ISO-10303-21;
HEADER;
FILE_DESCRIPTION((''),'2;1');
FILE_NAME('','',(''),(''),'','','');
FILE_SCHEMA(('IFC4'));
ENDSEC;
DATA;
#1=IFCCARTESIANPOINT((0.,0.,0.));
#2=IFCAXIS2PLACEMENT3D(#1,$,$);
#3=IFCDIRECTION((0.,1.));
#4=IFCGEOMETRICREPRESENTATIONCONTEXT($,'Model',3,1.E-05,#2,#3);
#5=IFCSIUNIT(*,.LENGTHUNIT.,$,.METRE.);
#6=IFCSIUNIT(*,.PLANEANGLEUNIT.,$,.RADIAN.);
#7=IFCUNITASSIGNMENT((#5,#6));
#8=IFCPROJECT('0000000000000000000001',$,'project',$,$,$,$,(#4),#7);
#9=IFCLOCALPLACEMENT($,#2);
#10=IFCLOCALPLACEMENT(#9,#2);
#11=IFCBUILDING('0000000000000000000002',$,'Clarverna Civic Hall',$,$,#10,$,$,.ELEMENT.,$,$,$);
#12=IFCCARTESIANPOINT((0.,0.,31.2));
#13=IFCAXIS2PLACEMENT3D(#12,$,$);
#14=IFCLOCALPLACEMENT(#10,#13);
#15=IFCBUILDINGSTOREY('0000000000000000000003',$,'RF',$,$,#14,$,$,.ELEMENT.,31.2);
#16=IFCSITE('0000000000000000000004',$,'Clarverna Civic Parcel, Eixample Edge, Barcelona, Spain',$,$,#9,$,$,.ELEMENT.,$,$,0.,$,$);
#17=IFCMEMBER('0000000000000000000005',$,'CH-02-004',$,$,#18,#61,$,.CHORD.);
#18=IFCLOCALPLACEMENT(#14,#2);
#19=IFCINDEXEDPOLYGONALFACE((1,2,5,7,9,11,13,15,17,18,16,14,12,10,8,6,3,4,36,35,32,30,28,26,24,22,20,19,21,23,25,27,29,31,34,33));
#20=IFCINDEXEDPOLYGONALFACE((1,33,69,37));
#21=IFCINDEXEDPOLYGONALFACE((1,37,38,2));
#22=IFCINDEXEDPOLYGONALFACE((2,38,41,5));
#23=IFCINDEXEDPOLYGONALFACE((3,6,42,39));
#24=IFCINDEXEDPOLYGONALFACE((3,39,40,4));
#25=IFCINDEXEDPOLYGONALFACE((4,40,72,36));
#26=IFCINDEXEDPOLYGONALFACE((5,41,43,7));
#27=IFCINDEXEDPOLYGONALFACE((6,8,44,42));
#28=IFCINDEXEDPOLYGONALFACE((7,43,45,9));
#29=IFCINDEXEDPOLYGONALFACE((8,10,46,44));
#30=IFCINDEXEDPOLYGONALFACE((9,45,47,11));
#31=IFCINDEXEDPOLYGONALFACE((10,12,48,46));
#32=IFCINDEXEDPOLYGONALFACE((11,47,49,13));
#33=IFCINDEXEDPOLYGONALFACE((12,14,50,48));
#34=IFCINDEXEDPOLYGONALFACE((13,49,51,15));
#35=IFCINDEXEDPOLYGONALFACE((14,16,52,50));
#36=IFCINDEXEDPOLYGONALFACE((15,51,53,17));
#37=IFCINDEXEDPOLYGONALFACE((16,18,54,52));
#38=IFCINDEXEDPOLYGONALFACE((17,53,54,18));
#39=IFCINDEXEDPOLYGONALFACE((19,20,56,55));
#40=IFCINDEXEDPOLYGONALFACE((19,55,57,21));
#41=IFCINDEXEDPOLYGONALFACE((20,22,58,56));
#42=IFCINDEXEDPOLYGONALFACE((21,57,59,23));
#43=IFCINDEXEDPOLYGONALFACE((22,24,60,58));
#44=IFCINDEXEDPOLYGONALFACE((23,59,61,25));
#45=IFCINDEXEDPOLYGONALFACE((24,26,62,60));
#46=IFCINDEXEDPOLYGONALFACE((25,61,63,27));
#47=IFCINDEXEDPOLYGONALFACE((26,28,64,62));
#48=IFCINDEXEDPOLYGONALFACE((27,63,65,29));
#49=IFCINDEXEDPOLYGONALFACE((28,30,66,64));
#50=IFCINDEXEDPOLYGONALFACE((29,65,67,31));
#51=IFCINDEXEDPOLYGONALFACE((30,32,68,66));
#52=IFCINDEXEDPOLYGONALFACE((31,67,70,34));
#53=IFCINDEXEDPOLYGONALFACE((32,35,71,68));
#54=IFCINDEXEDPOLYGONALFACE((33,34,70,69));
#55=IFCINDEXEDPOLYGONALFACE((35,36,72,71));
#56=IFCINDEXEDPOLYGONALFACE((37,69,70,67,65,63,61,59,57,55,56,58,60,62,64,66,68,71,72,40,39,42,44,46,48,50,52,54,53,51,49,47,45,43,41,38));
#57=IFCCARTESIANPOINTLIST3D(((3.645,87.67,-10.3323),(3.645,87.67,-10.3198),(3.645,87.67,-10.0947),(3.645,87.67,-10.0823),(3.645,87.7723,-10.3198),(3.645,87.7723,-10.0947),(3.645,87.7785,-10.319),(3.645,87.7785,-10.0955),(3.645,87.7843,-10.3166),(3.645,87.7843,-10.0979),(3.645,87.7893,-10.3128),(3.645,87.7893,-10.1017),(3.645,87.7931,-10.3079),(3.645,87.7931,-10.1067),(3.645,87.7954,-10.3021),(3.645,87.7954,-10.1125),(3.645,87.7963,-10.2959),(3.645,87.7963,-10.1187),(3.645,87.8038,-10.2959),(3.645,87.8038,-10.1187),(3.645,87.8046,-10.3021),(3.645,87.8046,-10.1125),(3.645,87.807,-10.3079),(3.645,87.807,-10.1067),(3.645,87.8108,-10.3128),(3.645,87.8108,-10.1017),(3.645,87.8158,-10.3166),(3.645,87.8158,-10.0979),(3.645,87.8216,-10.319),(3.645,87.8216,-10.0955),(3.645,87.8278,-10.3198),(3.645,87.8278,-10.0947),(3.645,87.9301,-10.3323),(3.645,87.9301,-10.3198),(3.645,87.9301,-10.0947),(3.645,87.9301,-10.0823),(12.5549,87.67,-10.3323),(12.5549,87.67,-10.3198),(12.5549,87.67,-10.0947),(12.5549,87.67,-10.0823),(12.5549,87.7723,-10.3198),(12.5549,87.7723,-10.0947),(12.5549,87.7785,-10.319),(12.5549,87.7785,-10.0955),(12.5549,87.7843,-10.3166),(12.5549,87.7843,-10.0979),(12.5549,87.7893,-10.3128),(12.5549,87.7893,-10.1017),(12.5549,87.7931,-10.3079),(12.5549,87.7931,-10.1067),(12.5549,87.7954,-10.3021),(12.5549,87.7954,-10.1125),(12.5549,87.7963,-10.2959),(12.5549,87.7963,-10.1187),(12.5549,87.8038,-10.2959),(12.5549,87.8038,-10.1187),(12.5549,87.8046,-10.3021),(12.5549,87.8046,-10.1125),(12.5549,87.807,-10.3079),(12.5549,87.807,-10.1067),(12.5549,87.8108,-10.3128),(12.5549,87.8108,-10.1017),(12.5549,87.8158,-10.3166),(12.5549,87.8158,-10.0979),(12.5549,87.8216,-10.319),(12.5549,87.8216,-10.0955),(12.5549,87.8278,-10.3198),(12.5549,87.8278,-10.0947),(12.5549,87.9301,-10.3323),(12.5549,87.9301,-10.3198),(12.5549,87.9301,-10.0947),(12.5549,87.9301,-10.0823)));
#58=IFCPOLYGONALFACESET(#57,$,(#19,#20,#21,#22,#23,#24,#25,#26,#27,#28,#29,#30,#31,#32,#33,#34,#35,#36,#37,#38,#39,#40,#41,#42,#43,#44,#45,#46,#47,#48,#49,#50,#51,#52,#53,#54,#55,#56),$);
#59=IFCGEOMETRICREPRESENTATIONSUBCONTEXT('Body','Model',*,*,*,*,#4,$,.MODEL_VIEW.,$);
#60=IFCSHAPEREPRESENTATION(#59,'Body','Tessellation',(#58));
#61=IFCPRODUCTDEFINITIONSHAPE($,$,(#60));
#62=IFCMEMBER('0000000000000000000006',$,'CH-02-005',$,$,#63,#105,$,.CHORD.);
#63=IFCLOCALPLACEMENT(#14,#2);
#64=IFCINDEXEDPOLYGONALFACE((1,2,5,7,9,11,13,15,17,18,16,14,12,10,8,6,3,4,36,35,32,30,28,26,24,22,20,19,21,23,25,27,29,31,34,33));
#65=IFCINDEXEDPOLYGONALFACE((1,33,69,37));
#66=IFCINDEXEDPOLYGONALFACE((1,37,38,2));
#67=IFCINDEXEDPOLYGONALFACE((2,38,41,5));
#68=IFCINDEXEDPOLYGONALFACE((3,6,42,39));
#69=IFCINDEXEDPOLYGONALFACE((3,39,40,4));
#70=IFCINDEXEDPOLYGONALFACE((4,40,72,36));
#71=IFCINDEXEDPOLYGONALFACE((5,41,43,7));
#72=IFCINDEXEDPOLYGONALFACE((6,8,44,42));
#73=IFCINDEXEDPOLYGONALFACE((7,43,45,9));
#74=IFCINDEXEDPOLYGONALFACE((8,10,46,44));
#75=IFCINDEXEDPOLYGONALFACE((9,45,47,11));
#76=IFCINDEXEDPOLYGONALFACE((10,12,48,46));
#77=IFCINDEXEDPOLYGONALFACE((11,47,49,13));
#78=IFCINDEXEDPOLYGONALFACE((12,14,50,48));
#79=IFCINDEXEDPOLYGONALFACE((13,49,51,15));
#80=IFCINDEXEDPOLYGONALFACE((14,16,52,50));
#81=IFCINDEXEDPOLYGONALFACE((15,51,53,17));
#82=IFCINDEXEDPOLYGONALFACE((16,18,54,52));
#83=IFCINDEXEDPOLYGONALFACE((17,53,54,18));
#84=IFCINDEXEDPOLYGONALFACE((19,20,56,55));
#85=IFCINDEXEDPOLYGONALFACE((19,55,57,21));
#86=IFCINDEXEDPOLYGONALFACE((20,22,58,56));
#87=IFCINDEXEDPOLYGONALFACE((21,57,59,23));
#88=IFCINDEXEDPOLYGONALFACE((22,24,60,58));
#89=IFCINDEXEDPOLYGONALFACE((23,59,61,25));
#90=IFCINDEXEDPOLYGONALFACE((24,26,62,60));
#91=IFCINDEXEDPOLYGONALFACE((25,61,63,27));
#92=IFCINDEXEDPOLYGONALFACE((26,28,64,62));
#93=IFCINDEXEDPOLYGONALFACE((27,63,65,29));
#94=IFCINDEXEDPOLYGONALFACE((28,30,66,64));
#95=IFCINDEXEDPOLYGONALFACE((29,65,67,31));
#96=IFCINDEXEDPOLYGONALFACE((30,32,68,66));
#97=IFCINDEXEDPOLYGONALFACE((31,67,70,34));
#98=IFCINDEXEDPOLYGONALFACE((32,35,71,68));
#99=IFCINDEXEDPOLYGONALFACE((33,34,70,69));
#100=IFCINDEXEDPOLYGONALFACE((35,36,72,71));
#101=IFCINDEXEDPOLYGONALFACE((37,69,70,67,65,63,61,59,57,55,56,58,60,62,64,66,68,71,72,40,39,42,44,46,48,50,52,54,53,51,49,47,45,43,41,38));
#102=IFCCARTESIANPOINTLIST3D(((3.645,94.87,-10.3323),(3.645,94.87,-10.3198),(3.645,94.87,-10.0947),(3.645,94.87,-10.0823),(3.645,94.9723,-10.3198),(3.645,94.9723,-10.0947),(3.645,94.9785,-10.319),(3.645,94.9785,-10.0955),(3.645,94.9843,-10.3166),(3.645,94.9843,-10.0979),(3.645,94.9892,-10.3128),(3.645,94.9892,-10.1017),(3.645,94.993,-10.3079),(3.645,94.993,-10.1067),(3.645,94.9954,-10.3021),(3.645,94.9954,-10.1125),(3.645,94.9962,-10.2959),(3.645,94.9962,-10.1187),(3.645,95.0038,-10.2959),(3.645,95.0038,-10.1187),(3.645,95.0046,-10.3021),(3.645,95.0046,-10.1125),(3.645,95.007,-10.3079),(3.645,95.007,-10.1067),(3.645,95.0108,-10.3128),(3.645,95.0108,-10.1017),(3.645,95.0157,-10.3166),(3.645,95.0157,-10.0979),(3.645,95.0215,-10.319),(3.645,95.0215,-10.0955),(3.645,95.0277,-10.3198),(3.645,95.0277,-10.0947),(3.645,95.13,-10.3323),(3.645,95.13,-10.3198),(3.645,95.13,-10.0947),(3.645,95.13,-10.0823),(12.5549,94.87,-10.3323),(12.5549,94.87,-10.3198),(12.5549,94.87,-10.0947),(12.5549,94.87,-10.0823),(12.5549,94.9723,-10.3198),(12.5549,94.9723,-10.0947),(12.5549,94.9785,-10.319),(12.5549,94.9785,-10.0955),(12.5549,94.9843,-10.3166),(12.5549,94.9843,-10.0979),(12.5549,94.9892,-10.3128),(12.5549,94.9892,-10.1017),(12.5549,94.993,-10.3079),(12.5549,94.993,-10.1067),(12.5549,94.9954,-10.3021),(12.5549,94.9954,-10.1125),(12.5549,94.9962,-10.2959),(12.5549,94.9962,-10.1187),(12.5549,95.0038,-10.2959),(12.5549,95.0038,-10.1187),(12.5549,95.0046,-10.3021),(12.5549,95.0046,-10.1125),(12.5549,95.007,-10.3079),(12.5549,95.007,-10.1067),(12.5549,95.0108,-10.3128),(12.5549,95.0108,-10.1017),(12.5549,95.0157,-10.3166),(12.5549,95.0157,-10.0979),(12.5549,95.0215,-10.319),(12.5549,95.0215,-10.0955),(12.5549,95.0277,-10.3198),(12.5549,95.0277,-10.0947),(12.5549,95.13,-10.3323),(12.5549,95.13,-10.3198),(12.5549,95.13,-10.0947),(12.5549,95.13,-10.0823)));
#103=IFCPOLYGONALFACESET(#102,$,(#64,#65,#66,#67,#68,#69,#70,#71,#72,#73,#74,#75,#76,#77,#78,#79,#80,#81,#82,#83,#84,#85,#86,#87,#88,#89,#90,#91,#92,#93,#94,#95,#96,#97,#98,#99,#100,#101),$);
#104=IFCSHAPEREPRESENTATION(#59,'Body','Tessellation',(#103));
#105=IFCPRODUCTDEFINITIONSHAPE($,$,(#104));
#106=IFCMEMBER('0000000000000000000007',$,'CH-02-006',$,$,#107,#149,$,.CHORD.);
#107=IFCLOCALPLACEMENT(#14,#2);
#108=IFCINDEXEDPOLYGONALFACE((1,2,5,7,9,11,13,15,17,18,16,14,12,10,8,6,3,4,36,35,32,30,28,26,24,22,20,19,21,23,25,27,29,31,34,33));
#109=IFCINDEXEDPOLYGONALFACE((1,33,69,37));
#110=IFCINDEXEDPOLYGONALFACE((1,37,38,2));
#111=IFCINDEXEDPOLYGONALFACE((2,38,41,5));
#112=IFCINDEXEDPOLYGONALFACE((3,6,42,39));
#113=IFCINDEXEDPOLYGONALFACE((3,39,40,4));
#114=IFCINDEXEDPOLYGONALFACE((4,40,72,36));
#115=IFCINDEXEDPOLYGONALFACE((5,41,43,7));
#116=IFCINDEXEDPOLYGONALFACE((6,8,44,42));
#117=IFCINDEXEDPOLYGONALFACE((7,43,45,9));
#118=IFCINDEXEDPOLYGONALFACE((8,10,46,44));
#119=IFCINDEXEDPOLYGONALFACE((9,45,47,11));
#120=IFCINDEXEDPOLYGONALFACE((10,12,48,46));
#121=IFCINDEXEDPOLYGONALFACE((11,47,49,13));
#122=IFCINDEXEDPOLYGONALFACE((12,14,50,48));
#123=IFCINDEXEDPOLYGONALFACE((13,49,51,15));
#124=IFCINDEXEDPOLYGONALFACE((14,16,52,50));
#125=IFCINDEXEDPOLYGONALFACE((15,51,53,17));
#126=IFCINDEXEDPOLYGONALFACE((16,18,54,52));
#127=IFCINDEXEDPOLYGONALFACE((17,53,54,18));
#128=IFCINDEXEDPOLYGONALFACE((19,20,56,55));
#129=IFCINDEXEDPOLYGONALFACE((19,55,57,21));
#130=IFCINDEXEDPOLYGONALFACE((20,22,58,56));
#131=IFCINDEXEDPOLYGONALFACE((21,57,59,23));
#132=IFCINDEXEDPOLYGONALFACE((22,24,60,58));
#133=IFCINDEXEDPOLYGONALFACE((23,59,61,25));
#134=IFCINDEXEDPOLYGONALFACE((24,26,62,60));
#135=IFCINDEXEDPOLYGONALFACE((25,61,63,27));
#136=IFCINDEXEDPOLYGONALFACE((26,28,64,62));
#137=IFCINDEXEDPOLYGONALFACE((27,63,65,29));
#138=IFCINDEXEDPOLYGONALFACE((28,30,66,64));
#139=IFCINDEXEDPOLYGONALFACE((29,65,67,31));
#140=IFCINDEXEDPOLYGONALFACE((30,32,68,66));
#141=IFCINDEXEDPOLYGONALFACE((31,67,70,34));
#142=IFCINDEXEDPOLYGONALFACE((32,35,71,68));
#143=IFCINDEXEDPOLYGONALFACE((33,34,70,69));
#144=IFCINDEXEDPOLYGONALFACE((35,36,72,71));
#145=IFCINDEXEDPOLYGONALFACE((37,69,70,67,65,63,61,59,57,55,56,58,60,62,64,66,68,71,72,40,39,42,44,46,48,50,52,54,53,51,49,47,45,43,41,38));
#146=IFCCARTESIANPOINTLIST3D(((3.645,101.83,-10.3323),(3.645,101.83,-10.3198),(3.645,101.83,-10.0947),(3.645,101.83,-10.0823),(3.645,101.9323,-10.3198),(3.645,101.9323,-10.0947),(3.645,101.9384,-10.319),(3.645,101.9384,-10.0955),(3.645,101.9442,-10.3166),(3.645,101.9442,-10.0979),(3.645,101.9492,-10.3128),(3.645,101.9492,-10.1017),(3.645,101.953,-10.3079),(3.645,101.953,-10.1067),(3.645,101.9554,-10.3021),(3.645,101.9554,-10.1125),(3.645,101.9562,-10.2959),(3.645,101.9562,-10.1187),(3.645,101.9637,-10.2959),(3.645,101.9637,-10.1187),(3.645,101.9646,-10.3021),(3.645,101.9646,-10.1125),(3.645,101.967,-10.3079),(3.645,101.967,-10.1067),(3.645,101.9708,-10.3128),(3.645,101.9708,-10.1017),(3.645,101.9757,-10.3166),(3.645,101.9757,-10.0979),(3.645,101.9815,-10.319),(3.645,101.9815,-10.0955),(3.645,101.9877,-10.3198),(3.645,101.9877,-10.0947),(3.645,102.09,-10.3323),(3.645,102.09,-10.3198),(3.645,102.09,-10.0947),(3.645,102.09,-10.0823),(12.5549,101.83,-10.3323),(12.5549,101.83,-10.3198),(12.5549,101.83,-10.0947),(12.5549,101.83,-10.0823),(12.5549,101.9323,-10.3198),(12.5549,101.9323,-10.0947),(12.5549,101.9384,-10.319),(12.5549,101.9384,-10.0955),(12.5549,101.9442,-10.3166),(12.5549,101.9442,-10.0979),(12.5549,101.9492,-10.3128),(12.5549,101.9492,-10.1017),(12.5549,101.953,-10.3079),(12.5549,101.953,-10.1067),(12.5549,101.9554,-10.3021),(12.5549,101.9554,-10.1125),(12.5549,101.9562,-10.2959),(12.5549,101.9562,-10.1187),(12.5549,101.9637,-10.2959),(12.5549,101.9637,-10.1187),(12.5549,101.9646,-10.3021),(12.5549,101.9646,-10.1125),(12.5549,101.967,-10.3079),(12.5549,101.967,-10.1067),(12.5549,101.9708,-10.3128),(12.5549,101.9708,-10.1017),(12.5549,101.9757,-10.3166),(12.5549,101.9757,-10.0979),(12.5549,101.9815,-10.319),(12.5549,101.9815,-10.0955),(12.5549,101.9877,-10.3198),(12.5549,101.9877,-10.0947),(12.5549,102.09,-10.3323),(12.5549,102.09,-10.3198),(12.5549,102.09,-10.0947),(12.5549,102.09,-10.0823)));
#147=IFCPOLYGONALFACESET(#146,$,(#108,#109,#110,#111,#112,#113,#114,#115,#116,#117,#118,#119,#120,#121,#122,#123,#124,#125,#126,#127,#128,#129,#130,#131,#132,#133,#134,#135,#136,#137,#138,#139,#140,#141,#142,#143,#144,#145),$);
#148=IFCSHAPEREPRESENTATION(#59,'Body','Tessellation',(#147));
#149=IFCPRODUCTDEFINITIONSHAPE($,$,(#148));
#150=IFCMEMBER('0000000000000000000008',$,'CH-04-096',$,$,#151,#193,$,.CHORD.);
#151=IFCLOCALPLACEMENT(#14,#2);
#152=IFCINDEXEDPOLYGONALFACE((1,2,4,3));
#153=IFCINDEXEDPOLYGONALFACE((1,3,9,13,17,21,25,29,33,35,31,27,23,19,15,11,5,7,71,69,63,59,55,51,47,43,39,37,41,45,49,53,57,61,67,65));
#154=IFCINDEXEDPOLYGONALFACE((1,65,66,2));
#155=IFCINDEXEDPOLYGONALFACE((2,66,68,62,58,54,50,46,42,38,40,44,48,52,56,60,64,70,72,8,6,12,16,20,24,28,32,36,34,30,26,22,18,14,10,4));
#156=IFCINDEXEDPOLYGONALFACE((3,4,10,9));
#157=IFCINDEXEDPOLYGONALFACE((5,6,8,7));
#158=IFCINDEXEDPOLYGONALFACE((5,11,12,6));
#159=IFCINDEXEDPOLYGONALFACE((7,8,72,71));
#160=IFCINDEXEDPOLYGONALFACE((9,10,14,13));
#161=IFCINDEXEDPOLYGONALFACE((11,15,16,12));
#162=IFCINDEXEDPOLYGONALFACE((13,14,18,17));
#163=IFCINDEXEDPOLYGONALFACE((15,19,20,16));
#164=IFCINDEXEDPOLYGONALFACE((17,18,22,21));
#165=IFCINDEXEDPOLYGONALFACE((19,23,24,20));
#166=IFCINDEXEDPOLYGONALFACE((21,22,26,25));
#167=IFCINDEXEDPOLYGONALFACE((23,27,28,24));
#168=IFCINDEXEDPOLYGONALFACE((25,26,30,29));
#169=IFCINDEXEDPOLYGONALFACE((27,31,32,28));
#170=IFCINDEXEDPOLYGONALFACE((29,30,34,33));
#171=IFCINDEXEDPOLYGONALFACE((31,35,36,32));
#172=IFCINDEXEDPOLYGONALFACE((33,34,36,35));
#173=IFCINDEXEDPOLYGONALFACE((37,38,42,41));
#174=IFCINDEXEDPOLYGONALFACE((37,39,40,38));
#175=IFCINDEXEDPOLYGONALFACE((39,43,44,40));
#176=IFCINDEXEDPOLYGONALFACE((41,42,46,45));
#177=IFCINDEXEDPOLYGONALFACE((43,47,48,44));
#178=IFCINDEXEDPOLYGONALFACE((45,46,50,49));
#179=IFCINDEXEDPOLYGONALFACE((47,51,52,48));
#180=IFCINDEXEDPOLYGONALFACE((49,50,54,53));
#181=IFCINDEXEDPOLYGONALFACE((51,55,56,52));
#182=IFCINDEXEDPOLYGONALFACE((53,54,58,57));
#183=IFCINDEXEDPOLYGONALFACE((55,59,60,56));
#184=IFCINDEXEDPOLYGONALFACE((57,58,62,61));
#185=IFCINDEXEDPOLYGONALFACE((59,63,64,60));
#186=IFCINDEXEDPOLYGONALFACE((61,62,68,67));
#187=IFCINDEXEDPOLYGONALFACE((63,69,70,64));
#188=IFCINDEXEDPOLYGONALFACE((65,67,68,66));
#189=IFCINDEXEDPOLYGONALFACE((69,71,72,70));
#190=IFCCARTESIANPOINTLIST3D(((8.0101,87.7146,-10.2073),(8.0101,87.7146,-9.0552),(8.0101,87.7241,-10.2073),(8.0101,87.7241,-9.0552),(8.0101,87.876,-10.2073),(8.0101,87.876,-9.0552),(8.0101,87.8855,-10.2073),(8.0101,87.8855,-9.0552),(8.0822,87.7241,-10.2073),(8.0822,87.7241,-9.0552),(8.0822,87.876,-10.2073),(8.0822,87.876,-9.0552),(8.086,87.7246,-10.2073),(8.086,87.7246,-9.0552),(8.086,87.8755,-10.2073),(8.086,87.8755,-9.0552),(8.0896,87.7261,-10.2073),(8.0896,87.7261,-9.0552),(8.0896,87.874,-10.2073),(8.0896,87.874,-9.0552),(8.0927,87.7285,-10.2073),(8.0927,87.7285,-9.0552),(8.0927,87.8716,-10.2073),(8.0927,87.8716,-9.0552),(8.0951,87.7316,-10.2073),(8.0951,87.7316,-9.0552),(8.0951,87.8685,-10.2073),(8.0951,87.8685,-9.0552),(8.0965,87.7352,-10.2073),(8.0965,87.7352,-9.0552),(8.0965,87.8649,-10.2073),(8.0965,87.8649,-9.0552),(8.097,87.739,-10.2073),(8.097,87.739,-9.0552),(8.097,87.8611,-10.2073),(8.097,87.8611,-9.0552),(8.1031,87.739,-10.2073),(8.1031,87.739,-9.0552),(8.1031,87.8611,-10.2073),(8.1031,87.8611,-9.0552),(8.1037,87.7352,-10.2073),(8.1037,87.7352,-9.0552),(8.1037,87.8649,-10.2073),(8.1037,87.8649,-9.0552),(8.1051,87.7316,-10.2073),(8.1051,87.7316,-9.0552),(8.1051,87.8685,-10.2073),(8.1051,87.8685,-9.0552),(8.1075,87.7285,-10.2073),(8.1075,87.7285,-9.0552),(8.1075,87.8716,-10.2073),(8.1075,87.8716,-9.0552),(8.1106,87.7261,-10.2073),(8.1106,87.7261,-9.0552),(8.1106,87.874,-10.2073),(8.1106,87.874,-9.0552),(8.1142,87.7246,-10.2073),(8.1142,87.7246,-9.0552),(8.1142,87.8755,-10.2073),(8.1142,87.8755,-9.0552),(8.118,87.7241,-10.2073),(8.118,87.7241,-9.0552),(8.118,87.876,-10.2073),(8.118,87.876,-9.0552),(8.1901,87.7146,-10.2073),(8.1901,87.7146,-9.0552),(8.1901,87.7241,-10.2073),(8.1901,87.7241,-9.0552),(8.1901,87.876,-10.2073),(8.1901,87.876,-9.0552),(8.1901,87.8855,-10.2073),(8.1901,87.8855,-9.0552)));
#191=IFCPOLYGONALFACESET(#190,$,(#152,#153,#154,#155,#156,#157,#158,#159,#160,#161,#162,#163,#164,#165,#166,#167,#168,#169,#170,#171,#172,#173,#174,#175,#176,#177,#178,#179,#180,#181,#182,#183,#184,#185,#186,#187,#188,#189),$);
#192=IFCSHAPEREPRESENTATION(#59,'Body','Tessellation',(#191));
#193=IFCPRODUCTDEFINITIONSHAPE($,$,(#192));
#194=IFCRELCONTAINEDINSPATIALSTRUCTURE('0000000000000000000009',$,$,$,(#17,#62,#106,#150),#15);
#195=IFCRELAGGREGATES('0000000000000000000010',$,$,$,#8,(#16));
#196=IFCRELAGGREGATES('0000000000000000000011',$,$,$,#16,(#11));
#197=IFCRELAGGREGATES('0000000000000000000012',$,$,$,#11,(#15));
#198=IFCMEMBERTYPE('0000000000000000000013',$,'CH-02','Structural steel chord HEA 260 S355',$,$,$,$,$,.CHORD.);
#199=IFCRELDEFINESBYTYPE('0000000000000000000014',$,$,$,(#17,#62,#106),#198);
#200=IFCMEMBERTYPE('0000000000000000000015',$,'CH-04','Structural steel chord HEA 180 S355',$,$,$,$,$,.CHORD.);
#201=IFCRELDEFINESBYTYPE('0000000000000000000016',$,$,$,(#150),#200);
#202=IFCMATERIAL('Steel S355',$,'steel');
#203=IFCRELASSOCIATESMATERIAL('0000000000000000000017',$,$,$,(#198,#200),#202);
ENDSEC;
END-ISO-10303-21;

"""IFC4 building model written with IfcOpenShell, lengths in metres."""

from ifc_helpers import new_model, si_unit, direction, frame, origin, origin_2d, place, context, subcontext, project, spatial, i_section, extrude, material, material_profile, profile_set, type_object, element, save


model = new_model("IFC4")

# Units and contexts
model_context = context("Model", 3, precision=1e-05, world=origin(), true_north=direction((0.0, 1.0)))
body_context = subcontext(model_context, "Body", "Model", "MODEL_VIEW")
ifc_project = project(units=[si_unit("LENGTHUNIT", "METRE"), si_unit("PLANEANGLEUNIT", "RADIAN")], contexts=[model_context])

# Site, building, storey
site_placement = place(None, origin())
site = spatial("IfcSite", under=ifc_project, at=site_placement, Name="Clarverna Civic Parcel, Eixample Edge, Barcelona, Spain", CompositionType="ELEMENT", RefElevation=0.0)
building_placement = place(site_placement, origin())
building = spatial("IfcBuilding", under=site, at=building_placement, Name="Clarverna Civic Hall", CompositionType="ELEMENT")
storey_placement = place(building_placement, frame((0.0, 0.0, 31.2)))
storey = spatial("IfcBuildingStorey", under=building, at=storey_placement, Name="RF", CompositionType="ELEMENT", Elevation=31.2)

# Members
ifc_material_1 = material(Name="Steel S355", Category="steel")
ifc_material_profile_1 = material_profile(ifc_material_1, i_section(OverallWidth=0.26, OverallDepth=0.25, WebThickness=0.0076, FlangeThickness=0.0125, FilletRadius=0.0239, at=origin_2d()), Name="HEA 260")
ifc_profile_set_1 = profile_set([ifc_material_profile_1], Name="Steel S355")
member_type_1 = type_object("IfcMemberType", Name="CH-02", Description="Structural steel chord HEA 260 S355", PredefinedType="CHORD", material=ifc_profile_set_1)
for number, where, z_axis, x_axis, name in (
    (1, (3.645, 87.8, -10.2073), (1.0, 0.0, 0.0), (0.0, 1.0, 0.0), "CH-02-004"),
    (2, (3.645, 95.0, -10.2073), (1.0, 0.0, 0.0), (0.0, 1.0, 0.0), "CH-02-005"),
    (3, (3.645, 101.96, -10.2073), (1.0, 0.0, 0.0), (0.0, 1.0, 0.0), "CH-02-006"),
):
    element("IfcMember", number, at=place(storey_placement, frame(where, z_axis=z_axis, x_axis=x_axis)), inside=storey, type_object=member_type_1, Name=name, PredefinedType="CHORD", context=body_context, shape_type="SweptSolid", body=[
        extrude(i_section(OverallWidth=0.26, OverallDepth=0.25, WebThickness=0.0076, FlangeThickness=0.0125, FilletRadius=0.0239, at=origin_2d()), origin(), (0.0, 0.0, 1.0), 8.9099),
    ])
ifc_material_profile_2 = material_profile(ifc_material_1, i_section(OverallWidth=0.1799, OverallDepth=0.1709, WebThickness=0.0061, FlangeThickness=0.0095, FilletRadius=0.0149, at=origin_2d()), Name="HEA 180")
ifc_profile_set_2 = profile_set([ifc_material_profile_2], Name="Steel S355")
member_type_2 = type_object("IfcMemberType", Name="CH-04", Description="Structural steel chord HEA 180 S355", PredefinedType="CHORD", material=ifc_profile_set_2)
for number, where, z_axis, x_axis, name in (
    (4, (8.1001, 87.8, -10.2073), (0.0, 0.0, 1.0), (1.0, 0.0, 0.0), "CH-04-096"),
):
    element("IfcMember", number, at=place(storey_placement, frame(where, z_axis=z_axis, x_axis=x_axis)), inside=storey, type_object=member_type_2, Name=name, PredefinedType="CHORD", context=body_context, shape_type="SweptSolid", body=[
        extrude(i_section(OverallWidth=0.1799, OverallDepth=0.1709, WebThickness=0.0061, FlangeThickness=0.0095, FilletRadius=0.0149, at=origin_2d()), origin(), (0.0, 0.0, 1.0), 1.1521),
    ])

save(model, "model.ifc")
